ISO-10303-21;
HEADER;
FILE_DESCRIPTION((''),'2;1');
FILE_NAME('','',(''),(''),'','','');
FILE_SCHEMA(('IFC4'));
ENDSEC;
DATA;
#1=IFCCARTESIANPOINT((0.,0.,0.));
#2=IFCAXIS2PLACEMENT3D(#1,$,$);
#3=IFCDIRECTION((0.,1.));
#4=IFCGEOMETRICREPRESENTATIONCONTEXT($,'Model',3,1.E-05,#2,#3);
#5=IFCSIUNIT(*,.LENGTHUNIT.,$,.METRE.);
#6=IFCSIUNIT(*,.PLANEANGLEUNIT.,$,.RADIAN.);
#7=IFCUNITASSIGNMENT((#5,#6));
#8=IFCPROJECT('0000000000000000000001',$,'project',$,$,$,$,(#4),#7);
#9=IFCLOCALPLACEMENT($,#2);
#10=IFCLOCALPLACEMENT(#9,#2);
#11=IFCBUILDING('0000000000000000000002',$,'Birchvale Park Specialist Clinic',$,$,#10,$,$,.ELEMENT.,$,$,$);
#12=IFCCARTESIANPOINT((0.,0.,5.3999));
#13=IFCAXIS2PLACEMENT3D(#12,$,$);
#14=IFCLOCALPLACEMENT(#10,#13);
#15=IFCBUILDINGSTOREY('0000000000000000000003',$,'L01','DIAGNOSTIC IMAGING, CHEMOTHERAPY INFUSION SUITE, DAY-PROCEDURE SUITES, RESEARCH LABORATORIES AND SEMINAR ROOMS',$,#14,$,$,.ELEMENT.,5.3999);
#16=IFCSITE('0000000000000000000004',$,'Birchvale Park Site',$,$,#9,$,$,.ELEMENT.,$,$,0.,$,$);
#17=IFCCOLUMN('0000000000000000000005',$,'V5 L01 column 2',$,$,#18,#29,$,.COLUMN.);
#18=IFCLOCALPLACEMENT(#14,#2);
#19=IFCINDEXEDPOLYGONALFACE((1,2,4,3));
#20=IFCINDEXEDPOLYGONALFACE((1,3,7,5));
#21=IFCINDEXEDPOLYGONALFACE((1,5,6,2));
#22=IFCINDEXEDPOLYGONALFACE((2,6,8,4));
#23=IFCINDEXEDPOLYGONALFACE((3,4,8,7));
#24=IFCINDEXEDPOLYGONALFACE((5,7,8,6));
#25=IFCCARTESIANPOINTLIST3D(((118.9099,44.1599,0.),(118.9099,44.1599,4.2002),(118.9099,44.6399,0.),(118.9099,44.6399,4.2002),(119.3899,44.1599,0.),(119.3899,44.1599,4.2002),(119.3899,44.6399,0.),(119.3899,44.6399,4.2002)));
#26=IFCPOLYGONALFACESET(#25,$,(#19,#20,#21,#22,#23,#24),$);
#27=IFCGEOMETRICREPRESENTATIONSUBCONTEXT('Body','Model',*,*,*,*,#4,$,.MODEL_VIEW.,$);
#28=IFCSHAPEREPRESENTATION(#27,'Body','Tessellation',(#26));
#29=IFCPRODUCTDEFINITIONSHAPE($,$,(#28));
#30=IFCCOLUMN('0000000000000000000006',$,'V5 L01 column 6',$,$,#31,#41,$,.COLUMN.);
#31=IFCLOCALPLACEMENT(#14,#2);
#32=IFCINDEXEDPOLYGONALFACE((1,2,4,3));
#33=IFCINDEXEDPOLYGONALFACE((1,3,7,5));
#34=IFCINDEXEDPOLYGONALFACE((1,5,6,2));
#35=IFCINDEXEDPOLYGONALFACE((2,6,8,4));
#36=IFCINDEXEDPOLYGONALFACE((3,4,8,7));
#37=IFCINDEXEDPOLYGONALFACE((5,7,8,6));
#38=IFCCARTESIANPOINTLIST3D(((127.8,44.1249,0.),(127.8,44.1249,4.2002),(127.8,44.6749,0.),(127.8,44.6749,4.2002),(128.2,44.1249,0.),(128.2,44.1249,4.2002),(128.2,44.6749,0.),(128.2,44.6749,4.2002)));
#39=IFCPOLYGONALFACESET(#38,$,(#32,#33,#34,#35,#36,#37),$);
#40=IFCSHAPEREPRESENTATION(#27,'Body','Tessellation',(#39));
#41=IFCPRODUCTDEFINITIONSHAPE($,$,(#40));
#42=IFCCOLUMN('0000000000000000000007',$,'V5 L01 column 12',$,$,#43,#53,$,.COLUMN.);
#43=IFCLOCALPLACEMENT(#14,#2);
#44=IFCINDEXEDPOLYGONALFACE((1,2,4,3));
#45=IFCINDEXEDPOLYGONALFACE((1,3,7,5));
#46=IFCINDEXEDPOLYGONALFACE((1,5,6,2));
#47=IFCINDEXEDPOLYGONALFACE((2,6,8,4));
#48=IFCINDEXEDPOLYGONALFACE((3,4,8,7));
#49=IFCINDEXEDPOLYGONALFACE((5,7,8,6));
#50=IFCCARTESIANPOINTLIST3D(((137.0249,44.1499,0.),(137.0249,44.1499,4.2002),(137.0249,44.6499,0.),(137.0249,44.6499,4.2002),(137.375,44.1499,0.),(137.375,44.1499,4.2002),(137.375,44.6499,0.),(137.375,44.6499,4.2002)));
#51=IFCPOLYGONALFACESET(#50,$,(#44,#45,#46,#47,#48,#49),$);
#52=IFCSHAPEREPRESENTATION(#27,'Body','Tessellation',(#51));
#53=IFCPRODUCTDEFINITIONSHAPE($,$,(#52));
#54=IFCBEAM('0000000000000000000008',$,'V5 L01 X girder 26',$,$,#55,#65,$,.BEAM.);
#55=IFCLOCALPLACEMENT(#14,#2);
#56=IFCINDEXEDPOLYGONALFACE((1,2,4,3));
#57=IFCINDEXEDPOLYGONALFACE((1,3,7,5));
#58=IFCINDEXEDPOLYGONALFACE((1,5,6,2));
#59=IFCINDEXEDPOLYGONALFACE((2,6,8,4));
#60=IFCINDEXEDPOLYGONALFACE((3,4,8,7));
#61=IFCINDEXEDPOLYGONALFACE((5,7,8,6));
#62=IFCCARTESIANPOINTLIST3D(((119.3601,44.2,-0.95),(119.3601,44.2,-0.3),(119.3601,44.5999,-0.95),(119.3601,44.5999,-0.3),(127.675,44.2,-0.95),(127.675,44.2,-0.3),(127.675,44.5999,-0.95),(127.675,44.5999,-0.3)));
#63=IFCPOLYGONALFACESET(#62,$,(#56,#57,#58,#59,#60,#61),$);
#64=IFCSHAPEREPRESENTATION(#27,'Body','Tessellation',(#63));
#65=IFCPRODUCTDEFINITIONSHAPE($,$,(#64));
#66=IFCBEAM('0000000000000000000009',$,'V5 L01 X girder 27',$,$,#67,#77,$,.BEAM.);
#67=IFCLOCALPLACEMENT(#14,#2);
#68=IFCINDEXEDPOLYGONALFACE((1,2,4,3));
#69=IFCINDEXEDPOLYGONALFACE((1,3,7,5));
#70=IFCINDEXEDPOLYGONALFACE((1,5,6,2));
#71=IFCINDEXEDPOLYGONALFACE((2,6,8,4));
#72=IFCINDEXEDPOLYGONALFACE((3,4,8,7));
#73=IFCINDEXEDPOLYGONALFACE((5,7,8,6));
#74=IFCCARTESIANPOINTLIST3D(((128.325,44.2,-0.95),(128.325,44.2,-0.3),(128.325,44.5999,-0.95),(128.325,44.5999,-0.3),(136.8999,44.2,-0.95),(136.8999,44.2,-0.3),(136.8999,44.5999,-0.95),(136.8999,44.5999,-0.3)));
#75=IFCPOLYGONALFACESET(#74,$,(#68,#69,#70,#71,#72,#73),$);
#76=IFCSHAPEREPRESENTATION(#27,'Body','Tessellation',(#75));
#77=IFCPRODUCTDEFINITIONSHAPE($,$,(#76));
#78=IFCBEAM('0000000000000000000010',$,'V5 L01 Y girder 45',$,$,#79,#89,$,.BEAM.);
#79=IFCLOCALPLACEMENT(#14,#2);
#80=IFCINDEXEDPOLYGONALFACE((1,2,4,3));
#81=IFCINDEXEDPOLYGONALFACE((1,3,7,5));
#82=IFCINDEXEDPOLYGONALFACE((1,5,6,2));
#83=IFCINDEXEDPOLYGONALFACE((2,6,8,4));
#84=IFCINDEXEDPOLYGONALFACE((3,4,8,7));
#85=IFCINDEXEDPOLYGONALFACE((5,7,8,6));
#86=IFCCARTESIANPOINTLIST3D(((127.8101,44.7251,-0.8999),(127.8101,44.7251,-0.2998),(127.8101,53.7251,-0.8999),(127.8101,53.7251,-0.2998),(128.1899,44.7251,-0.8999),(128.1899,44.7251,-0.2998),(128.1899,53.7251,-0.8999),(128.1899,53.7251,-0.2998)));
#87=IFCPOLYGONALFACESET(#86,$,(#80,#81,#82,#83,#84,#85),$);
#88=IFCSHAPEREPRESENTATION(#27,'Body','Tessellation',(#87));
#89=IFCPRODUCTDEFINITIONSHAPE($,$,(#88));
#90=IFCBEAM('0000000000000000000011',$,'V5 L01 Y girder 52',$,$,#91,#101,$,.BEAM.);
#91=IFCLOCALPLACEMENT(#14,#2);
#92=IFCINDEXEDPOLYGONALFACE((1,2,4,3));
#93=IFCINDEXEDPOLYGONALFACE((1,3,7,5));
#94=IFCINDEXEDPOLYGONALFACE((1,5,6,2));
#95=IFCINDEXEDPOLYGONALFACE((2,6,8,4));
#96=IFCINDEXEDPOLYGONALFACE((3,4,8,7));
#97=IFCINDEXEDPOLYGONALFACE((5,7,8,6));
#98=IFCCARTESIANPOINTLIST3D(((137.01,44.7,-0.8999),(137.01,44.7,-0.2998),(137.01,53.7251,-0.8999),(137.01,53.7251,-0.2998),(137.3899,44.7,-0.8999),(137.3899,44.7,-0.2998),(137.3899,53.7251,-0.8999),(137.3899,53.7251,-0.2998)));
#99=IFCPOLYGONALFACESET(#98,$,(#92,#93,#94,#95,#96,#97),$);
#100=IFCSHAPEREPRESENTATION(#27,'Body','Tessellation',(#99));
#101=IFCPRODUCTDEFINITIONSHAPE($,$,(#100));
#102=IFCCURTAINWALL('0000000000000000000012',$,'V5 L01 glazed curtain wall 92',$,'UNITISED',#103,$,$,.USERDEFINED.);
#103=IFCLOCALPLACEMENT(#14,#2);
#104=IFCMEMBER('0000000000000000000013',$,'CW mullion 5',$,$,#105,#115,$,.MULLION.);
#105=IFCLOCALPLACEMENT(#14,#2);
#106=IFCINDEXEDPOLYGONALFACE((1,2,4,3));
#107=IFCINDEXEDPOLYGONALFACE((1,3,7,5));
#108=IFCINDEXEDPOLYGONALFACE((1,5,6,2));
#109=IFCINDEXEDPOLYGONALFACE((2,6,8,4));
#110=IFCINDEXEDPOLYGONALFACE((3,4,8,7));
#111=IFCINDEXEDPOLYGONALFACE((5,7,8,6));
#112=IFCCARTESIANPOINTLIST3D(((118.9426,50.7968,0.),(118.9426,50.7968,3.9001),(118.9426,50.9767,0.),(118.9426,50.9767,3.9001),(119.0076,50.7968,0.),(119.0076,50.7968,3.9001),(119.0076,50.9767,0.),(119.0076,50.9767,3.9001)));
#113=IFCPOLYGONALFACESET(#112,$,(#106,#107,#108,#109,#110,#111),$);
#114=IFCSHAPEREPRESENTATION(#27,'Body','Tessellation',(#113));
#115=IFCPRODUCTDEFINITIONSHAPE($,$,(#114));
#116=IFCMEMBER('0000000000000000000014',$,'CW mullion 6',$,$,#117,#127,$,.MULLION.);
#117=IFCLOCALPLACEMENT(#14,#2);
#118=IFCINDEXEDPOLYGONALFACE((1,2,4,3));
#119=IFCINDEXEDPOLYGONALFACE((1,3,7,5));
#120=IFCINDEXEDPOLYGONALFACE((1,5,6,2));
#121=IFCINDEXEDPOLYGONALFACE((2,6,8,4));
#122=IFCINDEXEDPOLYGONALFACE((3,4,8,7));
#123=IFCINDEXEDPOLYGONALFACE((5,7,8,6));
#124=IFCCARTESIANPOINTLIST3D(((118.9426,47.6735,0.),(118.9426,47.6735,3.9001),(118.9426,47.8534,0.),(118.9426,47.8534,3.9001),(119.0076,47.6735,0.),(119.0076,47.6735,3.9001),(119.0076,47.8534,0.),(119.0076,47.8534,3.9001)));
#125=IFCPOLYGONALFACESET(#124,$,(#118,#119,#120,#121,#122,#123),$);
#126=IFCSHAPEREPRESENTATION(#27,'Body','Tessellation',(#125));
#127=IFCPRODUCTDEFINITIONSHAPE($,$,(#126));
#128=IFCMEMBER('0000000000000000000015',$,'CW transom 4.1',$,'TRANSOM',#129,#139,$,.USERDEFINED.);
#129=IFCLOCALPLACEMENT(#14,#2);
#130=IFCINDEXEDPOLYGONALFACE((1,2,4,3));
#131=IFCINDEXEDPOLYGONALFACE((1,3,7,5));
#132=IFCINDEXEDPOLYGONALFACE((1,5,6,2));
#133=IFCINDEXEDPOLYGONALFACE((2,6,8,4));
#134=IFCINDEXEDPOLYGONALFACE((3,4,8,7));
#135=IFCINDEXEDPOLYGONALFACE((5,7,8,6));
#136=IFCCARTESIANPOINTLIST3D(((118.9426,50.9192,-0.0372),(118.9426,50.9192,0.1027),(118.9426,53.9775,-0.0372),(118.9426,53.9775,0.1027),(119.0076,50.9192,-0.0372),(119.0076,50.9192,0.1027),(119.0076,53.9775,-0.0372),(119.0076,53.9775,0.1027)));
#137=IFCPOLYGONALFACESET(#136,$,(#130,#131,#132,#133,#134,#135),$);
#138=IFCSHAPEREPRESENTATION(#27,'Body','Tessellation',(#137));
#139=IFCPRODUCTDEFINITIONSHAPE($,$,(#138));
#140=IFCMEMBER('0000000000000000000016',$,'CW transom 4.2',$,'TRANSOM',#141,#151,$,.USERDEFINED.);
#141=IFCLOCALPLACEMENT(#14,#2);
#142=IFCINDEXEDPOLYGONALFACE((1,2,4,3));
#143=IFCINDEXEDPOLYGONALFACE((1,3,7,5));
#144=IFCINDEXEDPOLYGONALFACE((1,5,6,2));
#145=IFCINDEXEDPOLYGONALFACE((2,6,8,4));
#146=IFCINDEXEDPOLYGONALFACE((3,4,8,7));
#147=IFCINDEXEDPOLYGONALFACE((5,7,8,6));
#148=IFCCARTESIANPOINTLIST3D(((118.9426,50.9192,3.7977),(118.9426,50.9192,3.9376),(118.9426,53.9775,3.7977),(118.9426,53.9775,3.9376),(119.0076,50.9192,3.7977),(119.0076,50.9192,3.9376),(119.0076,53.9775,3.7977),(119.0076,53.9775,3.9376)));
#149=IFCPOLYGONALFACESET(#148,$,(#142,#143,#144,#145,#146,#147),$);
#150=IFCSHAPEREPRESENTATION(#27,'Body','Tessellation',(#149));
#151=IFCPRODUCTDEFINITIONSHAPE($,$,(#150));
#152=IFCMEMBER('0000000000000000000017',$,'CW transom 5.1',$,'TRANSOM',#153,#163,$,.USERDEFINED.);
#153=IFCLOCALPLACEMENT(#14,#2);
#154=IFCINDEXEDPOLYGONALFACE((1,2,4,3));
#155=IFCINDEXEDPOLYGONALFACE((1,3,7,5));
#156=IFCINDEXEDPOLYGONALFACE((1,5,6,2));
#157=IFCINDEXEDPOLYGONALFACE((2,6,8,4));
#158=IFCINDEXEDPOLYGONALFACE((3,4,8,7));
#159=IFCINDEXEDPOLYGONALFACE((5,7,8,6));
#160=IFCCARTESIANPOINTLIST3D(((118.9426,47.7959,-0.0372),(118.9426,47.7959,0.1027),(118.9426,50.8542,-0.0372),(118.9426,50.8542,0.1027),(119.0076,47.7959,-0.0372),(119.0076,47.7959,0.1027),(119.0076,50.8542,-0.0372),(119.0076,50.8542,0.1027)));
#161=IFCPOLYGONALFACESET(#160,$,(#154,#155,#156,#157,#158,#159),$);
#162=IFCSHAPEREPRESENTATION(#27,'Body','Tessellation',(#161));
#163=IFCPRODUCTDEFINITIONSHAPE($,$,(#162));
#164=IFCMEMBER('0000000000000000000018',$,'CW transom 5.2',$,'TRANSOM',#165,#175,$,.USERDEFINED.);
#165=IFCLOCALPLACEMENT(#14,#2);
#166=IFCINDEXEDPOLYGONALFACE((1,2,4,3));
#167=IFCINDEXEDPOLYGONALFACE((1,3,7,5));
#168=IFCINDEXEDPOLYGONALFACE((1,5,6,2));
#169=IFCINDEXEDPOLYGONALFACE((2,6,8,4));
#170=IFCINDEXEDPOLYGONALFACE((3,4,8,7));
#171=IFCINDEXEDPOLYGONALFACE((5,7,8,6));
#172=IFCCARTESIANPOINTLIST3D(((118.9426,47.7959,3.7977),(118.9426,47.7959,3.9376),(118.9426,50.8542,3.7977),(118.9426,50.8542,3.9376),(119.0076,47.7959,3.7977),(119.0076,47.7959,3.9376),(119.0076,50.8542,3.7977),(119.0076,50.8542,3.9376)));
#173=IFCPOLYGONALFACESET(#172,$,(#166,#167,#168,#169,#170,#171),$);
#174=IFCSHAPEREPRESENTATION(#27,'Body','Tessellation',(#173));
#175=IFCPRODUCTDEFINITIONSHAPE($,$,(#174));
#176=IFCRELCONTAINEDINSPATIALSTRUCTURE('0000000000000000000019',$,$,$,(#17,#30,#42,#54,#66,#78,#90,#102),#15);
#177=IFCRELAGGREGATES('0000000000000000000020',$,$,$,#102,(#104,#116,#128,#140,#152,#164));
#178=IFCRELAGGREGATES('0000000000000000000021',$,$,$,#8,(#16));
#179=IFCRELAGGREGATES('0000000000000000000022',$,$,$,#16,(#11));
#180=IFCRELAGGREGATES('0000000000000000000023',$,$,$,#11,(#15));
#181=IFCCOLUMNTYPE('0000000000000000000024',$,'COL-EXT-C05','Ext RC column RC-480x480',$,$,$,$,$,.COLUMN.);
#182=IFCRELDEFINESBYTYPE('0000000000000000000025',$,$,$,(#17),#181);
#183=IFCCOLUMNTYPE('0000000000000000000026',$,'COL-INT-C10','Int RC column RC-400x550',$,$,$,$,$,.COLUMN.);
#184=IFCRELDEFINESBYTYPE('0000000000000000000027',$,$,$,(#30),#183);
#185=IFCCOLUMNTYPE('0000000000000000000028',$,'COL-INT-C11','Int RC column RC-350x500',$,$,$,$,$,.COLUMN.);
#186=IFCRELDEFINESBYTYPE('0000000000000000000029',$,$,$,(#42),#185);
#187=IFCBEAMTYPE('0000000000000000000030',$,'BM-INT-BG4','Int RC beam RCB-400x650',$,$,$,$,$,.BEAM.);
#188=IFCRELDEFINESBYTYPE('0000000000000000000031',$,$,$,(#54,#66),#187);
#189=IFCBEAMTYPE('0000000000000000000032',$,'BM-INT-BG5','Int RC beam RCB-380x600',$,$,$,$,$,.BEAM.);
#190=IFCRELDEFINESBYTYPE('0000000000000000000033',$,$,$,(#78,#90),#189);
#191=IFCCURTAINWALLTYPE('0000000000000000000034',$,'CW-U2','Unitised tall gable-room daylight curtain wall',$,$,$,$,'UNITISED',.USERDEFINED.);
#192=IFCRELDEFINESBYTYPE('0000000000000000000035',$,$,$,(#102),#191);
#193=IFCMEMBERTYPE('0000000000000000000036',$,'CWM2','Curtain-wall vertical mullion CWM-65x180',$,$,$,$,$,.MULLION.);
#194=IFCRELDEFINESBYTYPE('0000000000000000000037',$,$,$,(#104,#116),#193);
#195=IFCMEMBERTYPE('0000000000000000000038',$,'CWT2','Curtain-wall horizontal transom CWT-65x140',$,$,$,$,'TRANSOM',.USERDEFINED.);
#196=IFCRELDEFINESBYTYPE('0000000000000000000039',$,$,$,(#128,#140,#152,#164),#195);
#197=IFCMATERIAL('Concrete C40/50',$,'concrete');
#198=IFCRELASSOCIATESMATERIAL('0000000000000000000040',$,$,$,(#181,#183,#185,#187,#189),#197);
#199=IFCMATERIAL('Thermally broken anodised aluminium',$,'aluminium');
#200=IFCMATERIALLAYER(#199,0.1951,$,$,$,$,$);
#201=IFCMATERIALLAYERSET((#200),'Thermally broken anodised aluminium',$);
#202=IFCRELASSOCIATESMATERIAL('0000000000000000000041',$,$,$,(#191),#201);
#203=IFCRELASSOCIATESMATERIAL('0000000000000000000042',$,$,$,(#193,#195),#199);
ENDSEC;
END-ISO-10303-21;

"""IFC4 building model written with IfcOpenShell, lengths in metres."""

from ifc_helpers import new_model, si_unit, direction, frame, origin, origin_2d, place, context, subcontext, project, spatial, rectangle, extrude, material, layer, layer_set, material_profile, profile_set, type_object, element, aggregate, save


model = new_model("IFC4")

# Units and contexts
model_context = context("Model", 3, precision=1e-05, world=origin(), true_north=direction((0.0, 1.0)))
body_context = subcontext(model_context, "Body", "Model", "MODEL_VIEW")
ifc_project = project(units=[si_unit("LENGTHUNIT", "METRE"), si_unit("PLANEANGLEUNIT", "RADIAN")], contexts=[model_context])

# Site, building, storey
site_placement = place(None, origin())
site = spatial("IfcSite", under=ifc_project, at=site_placement, Name="Birchvale Park Site", CompositionType="ELEMENT", RefElevation=0.0)
building_placement = place(site_placement, origin())
building = spatial("IfcBuilding", under=site, at=building_placement, Name="Birchvale Park Specialist Clinic", CompositionType="ELEMENT")
storey_placement = place(building_placement, frame((0.0, 0.0, 5.3999)))
storey = spatial("IfcBuildingStorey", under=building, at=storey_placement, Name="L01", Description="DIAGNOSTIC IMAGING, CHEMOTHERAPY INFUSION SUITE, DAY-PROCEDURE SUITES, RESEARCH LABORATORIES AND SEMINAR ROOMS", CompositionType="ELEMENT", Elevation=5.3999)

# Columns
ifc_material_1 = material(Name="Concrete C40/50", Category="concrete")
ifc_material_profile_1 = material_profile(ifc_material_1, rectangle(XDim=0.48, YDim=0.48, at=origin_2d()), Name="RC-480x480")
ifc_profile_set_1 = profile_set([ifc_material_profile_1], Name="Concrete C40/50")
column_type_1 = type_object("IfcColumnType", Name="COL-EXT-C05", Description="Ext RC column RC-480x480", PredefinedType="COLUMN", material=ifc_profile_set_1)
column_1_placement = place(storey_placement, frame((119.1499, 44.3999, 0.0), z_axis=(0.0, 0.0, 1.0), x_axis=(1.0, 0.0, 0.0)))
element("IfcColumn", 1, at=column_1_placement, inside=storey, type_object=column_type_1, Name="V5 L01 column 2", PredefinedType="COLUMN", context=body_context, shape_type="SweptSolid", body=[
    extrude(rectangle(XDim=0.48, YDim=0.48, at=origin_2d()), origin(), (0.0, 0.0, 1.0), 4.2002),
])
ifc_material_profile_2 = material_profile(ifc_material_1, rectangle(XDim=0.3999, YDim=0.55, at=origin_2d()), Name="RC-400x550")
ifc_profile_set_2 = profile_set([ifc_material_profile_2], Name="Concrete C40/50")
column_type_2 = type_object("IfcColumnType", Name="COL-INT-C10", Description="Int RC column RC-400x550", PredefinedType="COLUMN", material=ifc_profile_set_2)
column_2_placement = place(storey_placement, frame((128.0, 44.3999, 0.0), z_axis=(0.0, 0.0, 1.0), x_axis=(1.0, 0.0, 0.0)))
element("IfcColumn", 2, at=column_2_placement, inside=storey, type_object=column_type_2, Name="V5 L01 column 6", PredefinedType="COLUMN", context=body_context, shape_type="SweptSolid", body=[
    extrude(rectangle(XDim=0.3999, YDim=0.55, at=origin_2d()), origin(), (0.0, 0.0, 1.0), 4.2002),
])
ifc_material_profile_3 = material_profile(ifc_material_1, rectangle(XDim=0.3501, YDim=0.5, at=origin_2d()), Name="RC-350x500")
ifc_profile_set_3 = profile_set([ifc_material_profile_3], Name="Concrete C40/50")
column_type_3 = type_object("IfcColumnType", Name="COL-INT-C11", Description="Int RC column RC-350x500", PredefinedType="COLUMN", material=ifc_profile_set_3)
column_3_placement = place(storey_placement, frame((137.2, 44.3999, 0.0), z_axis=(0.0, 0.0, 1.0), x_axis=(1.0, 0.0, 0.0)))
element("IfcColumn", 3, at=column_3_placement, inside=storey, type_object=column_type_3, Name="V5 L01 column 12", PredefinedType="COLUMN", context=body_context, shape_type="SweptSolid", body=[
    extrude(rectangle(XDim=0.3501, YDim=0.5, at=origin_2d()), origin(), (0.0, 0.0, 1.0), 4.2002),
])

# Beams
ifc_material_profile_4 = material_profile(ifc_material_1, rectangle(XDim=0.3999, YDim=0.6499, at=origin_2d()), Name="RCB-400x650")
ifc_profile_set_4 = profile_set([ifc_material_profile_4], Name="Concrete C40/50")
beam_type_1 = type_object("IfcBeamType", Name="BM-INT-BG4", Description="Int RC beam RCB-400x650", PredefinedType="BEAM", material=ifc_profile_set_4)
beam_1_placement = place(storey_placement, frame((119.3601, 44.3999, -0.625), z_axis=(1.0, 0.0, 0.0), x_axis=(0.0, 1.0, 0.0)))
element("IfcBeam", 4, at=beam_1_placement, inside=storey, type_object=beam_type_1, Name="V5 L01 X girder 26", PredefinedType="BEAM", context=body_context, shape_type="SweptSolid", body=[
    extrude(rectangle(XDim=0.3999, YDim=0.6499, at=origin_2d()), origin(), (0.0, 0.0, 1.0), 8.3149),
])
beam_2_placement = place(storey_placement, frame((128.325, 44.3999, -0.625), z_axis=(1.0, 0.0, 0.0), x_axis=(0.0, 1.0, 0.0)))
element("IfcBeam", 5, at=beam_2_placement, inside=storey, type_object=beam_type_1, Name="V5 L01 X girder 27", PredefinedType="BEAM", context=body_context, shape_type="SweptSolid", body=[
    extrude(rectangle(XDim=0.3999, YDim=0.6499, at=origin_2d()), origin(), (0.0, 0.0, 1.0), 8.575),
])
ifc_material_profile_5 = material_profile(ifc_material_1, rectangle(XDim=0.3799, YDim=0.6001, at=origin_2d()), Name="RCB-380x600")
ifc_profile_set_5 = profile_set([ifc_material_profile_5], Name="Concrete C40/50")
beam_type_2 = type_object("IfcBeamType", Name="BM-INT-BG5", Description="Int RC beam RCB-380x600", PredefinedType="BEAM", material=ifc_profile_set_5)
beam_3_placement = place(storey_placement, frame((128.0, 44.7251, -0.5999), z_axis=(0.0, 1.0, 0.0), x_axis=(-1.0, 0.0, 0.0)))
element("IfcBeam", 6, at=beam_3_placement, inside=storey, type_object=beam_type_2, Name="V5 L01 Y girder 45", PredefinedType="BEAM", context=body_context, shape_type="SweptSolid", body=[
    extrude(rectangle(XDim=0.3799, YDim=0.6001, at=origin_2d()), origin(), (0.0, 0.0, 1.0), 9.0),
])
beam_4_placement = place(storey_placement, frame((137.2, 44.7, -0.5999), z_axis=(0.0, 1.0, 0.0), x_axis=(-1.0, 0.0, 0.0)))
element("IfcBeam", 7, at=beam_4_placement, inside=storey, type_object=beam_type_2, Name="V5 L01 Y girder 52", PredefinedType="BEAM", context=body_context, shape_type="SweptSolid", body=[
    extrude(rectangle(XDim=0.3799, YDim=0.6001, at=origin_2d()), origin(), (0.0, 0.0, 1.0), 9.0251),
])

# Curtain wall, members
ifc_material_2 = material(Name="Thermally broken anodised aluminium", Category="aluminium")
ifc_layer_1 = layer(ifc_material_2, 0.1951)
ifc_layer_set_1 = layer_set([ifc_layer_1], Name="Thermally broken anodised aluminium")
curtain_wall_type = type_object("IfcCurtainWallType", Name="CW-U2", Description="Unitised tall gable-room daylight curtain wall", ElementType="UNITISED", PredefinedType="USERDEFINED", material=ifc_layer_set_1)
curtain_wall_placement = place(storey_placement, origin())
curtain_wall = element("IfcCurtainWall", 8, at=curtain_wall_placement, inside=storey, type_object=curtain_wall_type, Name="V5 L01 glazed curtain wall 92", ObjectType="UNITISED", PredefinedType="USERDEFINED")
ifc_material_profile_6 = material_profile(ifc_material_2, rectangle(XDim=0.0649, YDim=0.1799, at=origin_2d()), Name="CWM-65x180")
ifc_profile_set_6 = profile_set([ifc_material_profile_6], Name="Thermally broken anodised aluminium")
member_type_1 = type_object("IfcMemberType", Name="CWM2", Description="Curtain-wall vertical mullion CWM-65x180", PredefinedType="MULLION", material=ifc_profile_set_6)
member_1_placement = place(storey_placement, frame((118.9751, 50.8867, 0.0), z_axis=(0.0, 0.0, 1.0), x_axis=(1.0, 0.0, 0.0)))
member_1 = element("IfcMember", 9, at=member_1_placement, type_object=member_type_1, Name="CW mullion 5", PredefinedType="MULLION", context=body_context, shape_type="SweptSolid", body=[
    extrude(rectangle(XDim=0.0649, YDim=0.1799, at=origin_2d()), origin(), (0.0, 0.0, 1.0), 3.9001),
])
member_2_placement = place(storey_placement, frame((118.9751, 47.7634, 0.0), z_axis=(0.0, 0.0, 1.0), x_axis=(1.0, 0.0, 0.0)))
member_2 = element("IfcMember", 10, at=member_2_placement, type_object=member_type_1, Name="CW mullion 6", PredefinedType="MULLION", context=body_context, shape_type="SweptSolid", body=[
    extrude(rectangle(XDim=0.0649, YDim=0.1799, at=origin_2d()), origin(), (0.0, 0.0, 1.0), 3.9001),
])
ifc_material_profile_7 = material_profile(ifc_material_2, rectangle(XDim=0.0649, YDim=0.1399, at=origin_2d()), Name="CWT-65x140")
ifc_profile_set_7 = profile_set([ifc_material_profile_7], Name="Thermally broken anodised aluminium")
member_type_2 = type_object("IfcMemberType", Name="CWT2", Description="Curtain-wall horizontal transom CWT-65x140", ElementType="TRANSOM", PredefinedType="USERDEFINED", material=ifc_profile_set_7)
member_3_placement = place(storey_placement, frame((118.9751, 53.9775, 0.0327), z_axis=(0.0, -1.0, 0.0), x_axis=(1.0, 0.0, 0.0)))
member_3 = element("IfcMember", 11, at=member_3_placement, type_object=member_type_2, Name="CW transom 4.1", ObjectType="TRANSOM", PredefinedType="USERDEFINED", context=body_context, shape_type="SweptSolid", body=[
    extrude(rectangle(XDim=0.0649, YDim=0.1399, at=origin_2d()), origin(), (0.0, 0.0, 1.0), 3.0583),
])
member_4_placement = place(storey_placement, frame((118.9751, 53.9775, 3.8677), z_axis=(0.0, -1.0, 0.0), x_axis=(1.0, 0.0, 0.0)))
member_4 = element("IfcMember", 12, at=member_4_placement, type_object=member_type_2, Name="CW transom 4.2", ObjectType="TRANSOM", PredefinedType="USERDEFINED", context=body_context, shape_type="SweptSolid", body=[
    extrude(rectangle(XDim=0.0649, YDim=0.1399, at=origin_2d()), origin(), (0.0, 0.0, 1.0), 3.0583),
])
member_5_placement = place(storey_placement, frame((118.9751, 50.8542, 0.0327), z_axis=(0.0, -1.0, 0.0), x_axis=(1.0, 0.0, 0.0)))
member_5 = element("IfcMember", 13, at=member_5_placement, type_object=member_type_2, Name="CW transom 5.1", ObjectType="TRANSOM", PredefinedType="USERDEFINED", context=body_context, shape_type="SweptSolid", body=[
    extrude(rectangle(XDim=0.0649, YDim=0.1399, at=origin_2d()), origin(), (0.0, 0.0, 1.0), 3.0583),
])
member_6_placement = place(storey_placement, frame((118.9751, 50.8542, 3.8677), z_axis=(0.0, -1.0, 0.0), x_axis=(1.0, 0.0, 0.0)))
member_6 = element("IfcMember", 14, at=member_6_placement, type_object=member_type_2, Name="CW transom 5.2", ObjectType="TRANSOM", PredefinedType="USERDEFINED", context=body_context, shape_type="SweptSolid", body=[
    extrude(rectangle(XDim=0.0649, YDim=0.1399, at=origin_2d()), origin(), (0.0, 0.0, 1.0), 3.0583),
])

aggregate(curtain_wall, [member_1, member_2, member_3, member_4, member_5, member_6])

save(model, "model.ifc")
